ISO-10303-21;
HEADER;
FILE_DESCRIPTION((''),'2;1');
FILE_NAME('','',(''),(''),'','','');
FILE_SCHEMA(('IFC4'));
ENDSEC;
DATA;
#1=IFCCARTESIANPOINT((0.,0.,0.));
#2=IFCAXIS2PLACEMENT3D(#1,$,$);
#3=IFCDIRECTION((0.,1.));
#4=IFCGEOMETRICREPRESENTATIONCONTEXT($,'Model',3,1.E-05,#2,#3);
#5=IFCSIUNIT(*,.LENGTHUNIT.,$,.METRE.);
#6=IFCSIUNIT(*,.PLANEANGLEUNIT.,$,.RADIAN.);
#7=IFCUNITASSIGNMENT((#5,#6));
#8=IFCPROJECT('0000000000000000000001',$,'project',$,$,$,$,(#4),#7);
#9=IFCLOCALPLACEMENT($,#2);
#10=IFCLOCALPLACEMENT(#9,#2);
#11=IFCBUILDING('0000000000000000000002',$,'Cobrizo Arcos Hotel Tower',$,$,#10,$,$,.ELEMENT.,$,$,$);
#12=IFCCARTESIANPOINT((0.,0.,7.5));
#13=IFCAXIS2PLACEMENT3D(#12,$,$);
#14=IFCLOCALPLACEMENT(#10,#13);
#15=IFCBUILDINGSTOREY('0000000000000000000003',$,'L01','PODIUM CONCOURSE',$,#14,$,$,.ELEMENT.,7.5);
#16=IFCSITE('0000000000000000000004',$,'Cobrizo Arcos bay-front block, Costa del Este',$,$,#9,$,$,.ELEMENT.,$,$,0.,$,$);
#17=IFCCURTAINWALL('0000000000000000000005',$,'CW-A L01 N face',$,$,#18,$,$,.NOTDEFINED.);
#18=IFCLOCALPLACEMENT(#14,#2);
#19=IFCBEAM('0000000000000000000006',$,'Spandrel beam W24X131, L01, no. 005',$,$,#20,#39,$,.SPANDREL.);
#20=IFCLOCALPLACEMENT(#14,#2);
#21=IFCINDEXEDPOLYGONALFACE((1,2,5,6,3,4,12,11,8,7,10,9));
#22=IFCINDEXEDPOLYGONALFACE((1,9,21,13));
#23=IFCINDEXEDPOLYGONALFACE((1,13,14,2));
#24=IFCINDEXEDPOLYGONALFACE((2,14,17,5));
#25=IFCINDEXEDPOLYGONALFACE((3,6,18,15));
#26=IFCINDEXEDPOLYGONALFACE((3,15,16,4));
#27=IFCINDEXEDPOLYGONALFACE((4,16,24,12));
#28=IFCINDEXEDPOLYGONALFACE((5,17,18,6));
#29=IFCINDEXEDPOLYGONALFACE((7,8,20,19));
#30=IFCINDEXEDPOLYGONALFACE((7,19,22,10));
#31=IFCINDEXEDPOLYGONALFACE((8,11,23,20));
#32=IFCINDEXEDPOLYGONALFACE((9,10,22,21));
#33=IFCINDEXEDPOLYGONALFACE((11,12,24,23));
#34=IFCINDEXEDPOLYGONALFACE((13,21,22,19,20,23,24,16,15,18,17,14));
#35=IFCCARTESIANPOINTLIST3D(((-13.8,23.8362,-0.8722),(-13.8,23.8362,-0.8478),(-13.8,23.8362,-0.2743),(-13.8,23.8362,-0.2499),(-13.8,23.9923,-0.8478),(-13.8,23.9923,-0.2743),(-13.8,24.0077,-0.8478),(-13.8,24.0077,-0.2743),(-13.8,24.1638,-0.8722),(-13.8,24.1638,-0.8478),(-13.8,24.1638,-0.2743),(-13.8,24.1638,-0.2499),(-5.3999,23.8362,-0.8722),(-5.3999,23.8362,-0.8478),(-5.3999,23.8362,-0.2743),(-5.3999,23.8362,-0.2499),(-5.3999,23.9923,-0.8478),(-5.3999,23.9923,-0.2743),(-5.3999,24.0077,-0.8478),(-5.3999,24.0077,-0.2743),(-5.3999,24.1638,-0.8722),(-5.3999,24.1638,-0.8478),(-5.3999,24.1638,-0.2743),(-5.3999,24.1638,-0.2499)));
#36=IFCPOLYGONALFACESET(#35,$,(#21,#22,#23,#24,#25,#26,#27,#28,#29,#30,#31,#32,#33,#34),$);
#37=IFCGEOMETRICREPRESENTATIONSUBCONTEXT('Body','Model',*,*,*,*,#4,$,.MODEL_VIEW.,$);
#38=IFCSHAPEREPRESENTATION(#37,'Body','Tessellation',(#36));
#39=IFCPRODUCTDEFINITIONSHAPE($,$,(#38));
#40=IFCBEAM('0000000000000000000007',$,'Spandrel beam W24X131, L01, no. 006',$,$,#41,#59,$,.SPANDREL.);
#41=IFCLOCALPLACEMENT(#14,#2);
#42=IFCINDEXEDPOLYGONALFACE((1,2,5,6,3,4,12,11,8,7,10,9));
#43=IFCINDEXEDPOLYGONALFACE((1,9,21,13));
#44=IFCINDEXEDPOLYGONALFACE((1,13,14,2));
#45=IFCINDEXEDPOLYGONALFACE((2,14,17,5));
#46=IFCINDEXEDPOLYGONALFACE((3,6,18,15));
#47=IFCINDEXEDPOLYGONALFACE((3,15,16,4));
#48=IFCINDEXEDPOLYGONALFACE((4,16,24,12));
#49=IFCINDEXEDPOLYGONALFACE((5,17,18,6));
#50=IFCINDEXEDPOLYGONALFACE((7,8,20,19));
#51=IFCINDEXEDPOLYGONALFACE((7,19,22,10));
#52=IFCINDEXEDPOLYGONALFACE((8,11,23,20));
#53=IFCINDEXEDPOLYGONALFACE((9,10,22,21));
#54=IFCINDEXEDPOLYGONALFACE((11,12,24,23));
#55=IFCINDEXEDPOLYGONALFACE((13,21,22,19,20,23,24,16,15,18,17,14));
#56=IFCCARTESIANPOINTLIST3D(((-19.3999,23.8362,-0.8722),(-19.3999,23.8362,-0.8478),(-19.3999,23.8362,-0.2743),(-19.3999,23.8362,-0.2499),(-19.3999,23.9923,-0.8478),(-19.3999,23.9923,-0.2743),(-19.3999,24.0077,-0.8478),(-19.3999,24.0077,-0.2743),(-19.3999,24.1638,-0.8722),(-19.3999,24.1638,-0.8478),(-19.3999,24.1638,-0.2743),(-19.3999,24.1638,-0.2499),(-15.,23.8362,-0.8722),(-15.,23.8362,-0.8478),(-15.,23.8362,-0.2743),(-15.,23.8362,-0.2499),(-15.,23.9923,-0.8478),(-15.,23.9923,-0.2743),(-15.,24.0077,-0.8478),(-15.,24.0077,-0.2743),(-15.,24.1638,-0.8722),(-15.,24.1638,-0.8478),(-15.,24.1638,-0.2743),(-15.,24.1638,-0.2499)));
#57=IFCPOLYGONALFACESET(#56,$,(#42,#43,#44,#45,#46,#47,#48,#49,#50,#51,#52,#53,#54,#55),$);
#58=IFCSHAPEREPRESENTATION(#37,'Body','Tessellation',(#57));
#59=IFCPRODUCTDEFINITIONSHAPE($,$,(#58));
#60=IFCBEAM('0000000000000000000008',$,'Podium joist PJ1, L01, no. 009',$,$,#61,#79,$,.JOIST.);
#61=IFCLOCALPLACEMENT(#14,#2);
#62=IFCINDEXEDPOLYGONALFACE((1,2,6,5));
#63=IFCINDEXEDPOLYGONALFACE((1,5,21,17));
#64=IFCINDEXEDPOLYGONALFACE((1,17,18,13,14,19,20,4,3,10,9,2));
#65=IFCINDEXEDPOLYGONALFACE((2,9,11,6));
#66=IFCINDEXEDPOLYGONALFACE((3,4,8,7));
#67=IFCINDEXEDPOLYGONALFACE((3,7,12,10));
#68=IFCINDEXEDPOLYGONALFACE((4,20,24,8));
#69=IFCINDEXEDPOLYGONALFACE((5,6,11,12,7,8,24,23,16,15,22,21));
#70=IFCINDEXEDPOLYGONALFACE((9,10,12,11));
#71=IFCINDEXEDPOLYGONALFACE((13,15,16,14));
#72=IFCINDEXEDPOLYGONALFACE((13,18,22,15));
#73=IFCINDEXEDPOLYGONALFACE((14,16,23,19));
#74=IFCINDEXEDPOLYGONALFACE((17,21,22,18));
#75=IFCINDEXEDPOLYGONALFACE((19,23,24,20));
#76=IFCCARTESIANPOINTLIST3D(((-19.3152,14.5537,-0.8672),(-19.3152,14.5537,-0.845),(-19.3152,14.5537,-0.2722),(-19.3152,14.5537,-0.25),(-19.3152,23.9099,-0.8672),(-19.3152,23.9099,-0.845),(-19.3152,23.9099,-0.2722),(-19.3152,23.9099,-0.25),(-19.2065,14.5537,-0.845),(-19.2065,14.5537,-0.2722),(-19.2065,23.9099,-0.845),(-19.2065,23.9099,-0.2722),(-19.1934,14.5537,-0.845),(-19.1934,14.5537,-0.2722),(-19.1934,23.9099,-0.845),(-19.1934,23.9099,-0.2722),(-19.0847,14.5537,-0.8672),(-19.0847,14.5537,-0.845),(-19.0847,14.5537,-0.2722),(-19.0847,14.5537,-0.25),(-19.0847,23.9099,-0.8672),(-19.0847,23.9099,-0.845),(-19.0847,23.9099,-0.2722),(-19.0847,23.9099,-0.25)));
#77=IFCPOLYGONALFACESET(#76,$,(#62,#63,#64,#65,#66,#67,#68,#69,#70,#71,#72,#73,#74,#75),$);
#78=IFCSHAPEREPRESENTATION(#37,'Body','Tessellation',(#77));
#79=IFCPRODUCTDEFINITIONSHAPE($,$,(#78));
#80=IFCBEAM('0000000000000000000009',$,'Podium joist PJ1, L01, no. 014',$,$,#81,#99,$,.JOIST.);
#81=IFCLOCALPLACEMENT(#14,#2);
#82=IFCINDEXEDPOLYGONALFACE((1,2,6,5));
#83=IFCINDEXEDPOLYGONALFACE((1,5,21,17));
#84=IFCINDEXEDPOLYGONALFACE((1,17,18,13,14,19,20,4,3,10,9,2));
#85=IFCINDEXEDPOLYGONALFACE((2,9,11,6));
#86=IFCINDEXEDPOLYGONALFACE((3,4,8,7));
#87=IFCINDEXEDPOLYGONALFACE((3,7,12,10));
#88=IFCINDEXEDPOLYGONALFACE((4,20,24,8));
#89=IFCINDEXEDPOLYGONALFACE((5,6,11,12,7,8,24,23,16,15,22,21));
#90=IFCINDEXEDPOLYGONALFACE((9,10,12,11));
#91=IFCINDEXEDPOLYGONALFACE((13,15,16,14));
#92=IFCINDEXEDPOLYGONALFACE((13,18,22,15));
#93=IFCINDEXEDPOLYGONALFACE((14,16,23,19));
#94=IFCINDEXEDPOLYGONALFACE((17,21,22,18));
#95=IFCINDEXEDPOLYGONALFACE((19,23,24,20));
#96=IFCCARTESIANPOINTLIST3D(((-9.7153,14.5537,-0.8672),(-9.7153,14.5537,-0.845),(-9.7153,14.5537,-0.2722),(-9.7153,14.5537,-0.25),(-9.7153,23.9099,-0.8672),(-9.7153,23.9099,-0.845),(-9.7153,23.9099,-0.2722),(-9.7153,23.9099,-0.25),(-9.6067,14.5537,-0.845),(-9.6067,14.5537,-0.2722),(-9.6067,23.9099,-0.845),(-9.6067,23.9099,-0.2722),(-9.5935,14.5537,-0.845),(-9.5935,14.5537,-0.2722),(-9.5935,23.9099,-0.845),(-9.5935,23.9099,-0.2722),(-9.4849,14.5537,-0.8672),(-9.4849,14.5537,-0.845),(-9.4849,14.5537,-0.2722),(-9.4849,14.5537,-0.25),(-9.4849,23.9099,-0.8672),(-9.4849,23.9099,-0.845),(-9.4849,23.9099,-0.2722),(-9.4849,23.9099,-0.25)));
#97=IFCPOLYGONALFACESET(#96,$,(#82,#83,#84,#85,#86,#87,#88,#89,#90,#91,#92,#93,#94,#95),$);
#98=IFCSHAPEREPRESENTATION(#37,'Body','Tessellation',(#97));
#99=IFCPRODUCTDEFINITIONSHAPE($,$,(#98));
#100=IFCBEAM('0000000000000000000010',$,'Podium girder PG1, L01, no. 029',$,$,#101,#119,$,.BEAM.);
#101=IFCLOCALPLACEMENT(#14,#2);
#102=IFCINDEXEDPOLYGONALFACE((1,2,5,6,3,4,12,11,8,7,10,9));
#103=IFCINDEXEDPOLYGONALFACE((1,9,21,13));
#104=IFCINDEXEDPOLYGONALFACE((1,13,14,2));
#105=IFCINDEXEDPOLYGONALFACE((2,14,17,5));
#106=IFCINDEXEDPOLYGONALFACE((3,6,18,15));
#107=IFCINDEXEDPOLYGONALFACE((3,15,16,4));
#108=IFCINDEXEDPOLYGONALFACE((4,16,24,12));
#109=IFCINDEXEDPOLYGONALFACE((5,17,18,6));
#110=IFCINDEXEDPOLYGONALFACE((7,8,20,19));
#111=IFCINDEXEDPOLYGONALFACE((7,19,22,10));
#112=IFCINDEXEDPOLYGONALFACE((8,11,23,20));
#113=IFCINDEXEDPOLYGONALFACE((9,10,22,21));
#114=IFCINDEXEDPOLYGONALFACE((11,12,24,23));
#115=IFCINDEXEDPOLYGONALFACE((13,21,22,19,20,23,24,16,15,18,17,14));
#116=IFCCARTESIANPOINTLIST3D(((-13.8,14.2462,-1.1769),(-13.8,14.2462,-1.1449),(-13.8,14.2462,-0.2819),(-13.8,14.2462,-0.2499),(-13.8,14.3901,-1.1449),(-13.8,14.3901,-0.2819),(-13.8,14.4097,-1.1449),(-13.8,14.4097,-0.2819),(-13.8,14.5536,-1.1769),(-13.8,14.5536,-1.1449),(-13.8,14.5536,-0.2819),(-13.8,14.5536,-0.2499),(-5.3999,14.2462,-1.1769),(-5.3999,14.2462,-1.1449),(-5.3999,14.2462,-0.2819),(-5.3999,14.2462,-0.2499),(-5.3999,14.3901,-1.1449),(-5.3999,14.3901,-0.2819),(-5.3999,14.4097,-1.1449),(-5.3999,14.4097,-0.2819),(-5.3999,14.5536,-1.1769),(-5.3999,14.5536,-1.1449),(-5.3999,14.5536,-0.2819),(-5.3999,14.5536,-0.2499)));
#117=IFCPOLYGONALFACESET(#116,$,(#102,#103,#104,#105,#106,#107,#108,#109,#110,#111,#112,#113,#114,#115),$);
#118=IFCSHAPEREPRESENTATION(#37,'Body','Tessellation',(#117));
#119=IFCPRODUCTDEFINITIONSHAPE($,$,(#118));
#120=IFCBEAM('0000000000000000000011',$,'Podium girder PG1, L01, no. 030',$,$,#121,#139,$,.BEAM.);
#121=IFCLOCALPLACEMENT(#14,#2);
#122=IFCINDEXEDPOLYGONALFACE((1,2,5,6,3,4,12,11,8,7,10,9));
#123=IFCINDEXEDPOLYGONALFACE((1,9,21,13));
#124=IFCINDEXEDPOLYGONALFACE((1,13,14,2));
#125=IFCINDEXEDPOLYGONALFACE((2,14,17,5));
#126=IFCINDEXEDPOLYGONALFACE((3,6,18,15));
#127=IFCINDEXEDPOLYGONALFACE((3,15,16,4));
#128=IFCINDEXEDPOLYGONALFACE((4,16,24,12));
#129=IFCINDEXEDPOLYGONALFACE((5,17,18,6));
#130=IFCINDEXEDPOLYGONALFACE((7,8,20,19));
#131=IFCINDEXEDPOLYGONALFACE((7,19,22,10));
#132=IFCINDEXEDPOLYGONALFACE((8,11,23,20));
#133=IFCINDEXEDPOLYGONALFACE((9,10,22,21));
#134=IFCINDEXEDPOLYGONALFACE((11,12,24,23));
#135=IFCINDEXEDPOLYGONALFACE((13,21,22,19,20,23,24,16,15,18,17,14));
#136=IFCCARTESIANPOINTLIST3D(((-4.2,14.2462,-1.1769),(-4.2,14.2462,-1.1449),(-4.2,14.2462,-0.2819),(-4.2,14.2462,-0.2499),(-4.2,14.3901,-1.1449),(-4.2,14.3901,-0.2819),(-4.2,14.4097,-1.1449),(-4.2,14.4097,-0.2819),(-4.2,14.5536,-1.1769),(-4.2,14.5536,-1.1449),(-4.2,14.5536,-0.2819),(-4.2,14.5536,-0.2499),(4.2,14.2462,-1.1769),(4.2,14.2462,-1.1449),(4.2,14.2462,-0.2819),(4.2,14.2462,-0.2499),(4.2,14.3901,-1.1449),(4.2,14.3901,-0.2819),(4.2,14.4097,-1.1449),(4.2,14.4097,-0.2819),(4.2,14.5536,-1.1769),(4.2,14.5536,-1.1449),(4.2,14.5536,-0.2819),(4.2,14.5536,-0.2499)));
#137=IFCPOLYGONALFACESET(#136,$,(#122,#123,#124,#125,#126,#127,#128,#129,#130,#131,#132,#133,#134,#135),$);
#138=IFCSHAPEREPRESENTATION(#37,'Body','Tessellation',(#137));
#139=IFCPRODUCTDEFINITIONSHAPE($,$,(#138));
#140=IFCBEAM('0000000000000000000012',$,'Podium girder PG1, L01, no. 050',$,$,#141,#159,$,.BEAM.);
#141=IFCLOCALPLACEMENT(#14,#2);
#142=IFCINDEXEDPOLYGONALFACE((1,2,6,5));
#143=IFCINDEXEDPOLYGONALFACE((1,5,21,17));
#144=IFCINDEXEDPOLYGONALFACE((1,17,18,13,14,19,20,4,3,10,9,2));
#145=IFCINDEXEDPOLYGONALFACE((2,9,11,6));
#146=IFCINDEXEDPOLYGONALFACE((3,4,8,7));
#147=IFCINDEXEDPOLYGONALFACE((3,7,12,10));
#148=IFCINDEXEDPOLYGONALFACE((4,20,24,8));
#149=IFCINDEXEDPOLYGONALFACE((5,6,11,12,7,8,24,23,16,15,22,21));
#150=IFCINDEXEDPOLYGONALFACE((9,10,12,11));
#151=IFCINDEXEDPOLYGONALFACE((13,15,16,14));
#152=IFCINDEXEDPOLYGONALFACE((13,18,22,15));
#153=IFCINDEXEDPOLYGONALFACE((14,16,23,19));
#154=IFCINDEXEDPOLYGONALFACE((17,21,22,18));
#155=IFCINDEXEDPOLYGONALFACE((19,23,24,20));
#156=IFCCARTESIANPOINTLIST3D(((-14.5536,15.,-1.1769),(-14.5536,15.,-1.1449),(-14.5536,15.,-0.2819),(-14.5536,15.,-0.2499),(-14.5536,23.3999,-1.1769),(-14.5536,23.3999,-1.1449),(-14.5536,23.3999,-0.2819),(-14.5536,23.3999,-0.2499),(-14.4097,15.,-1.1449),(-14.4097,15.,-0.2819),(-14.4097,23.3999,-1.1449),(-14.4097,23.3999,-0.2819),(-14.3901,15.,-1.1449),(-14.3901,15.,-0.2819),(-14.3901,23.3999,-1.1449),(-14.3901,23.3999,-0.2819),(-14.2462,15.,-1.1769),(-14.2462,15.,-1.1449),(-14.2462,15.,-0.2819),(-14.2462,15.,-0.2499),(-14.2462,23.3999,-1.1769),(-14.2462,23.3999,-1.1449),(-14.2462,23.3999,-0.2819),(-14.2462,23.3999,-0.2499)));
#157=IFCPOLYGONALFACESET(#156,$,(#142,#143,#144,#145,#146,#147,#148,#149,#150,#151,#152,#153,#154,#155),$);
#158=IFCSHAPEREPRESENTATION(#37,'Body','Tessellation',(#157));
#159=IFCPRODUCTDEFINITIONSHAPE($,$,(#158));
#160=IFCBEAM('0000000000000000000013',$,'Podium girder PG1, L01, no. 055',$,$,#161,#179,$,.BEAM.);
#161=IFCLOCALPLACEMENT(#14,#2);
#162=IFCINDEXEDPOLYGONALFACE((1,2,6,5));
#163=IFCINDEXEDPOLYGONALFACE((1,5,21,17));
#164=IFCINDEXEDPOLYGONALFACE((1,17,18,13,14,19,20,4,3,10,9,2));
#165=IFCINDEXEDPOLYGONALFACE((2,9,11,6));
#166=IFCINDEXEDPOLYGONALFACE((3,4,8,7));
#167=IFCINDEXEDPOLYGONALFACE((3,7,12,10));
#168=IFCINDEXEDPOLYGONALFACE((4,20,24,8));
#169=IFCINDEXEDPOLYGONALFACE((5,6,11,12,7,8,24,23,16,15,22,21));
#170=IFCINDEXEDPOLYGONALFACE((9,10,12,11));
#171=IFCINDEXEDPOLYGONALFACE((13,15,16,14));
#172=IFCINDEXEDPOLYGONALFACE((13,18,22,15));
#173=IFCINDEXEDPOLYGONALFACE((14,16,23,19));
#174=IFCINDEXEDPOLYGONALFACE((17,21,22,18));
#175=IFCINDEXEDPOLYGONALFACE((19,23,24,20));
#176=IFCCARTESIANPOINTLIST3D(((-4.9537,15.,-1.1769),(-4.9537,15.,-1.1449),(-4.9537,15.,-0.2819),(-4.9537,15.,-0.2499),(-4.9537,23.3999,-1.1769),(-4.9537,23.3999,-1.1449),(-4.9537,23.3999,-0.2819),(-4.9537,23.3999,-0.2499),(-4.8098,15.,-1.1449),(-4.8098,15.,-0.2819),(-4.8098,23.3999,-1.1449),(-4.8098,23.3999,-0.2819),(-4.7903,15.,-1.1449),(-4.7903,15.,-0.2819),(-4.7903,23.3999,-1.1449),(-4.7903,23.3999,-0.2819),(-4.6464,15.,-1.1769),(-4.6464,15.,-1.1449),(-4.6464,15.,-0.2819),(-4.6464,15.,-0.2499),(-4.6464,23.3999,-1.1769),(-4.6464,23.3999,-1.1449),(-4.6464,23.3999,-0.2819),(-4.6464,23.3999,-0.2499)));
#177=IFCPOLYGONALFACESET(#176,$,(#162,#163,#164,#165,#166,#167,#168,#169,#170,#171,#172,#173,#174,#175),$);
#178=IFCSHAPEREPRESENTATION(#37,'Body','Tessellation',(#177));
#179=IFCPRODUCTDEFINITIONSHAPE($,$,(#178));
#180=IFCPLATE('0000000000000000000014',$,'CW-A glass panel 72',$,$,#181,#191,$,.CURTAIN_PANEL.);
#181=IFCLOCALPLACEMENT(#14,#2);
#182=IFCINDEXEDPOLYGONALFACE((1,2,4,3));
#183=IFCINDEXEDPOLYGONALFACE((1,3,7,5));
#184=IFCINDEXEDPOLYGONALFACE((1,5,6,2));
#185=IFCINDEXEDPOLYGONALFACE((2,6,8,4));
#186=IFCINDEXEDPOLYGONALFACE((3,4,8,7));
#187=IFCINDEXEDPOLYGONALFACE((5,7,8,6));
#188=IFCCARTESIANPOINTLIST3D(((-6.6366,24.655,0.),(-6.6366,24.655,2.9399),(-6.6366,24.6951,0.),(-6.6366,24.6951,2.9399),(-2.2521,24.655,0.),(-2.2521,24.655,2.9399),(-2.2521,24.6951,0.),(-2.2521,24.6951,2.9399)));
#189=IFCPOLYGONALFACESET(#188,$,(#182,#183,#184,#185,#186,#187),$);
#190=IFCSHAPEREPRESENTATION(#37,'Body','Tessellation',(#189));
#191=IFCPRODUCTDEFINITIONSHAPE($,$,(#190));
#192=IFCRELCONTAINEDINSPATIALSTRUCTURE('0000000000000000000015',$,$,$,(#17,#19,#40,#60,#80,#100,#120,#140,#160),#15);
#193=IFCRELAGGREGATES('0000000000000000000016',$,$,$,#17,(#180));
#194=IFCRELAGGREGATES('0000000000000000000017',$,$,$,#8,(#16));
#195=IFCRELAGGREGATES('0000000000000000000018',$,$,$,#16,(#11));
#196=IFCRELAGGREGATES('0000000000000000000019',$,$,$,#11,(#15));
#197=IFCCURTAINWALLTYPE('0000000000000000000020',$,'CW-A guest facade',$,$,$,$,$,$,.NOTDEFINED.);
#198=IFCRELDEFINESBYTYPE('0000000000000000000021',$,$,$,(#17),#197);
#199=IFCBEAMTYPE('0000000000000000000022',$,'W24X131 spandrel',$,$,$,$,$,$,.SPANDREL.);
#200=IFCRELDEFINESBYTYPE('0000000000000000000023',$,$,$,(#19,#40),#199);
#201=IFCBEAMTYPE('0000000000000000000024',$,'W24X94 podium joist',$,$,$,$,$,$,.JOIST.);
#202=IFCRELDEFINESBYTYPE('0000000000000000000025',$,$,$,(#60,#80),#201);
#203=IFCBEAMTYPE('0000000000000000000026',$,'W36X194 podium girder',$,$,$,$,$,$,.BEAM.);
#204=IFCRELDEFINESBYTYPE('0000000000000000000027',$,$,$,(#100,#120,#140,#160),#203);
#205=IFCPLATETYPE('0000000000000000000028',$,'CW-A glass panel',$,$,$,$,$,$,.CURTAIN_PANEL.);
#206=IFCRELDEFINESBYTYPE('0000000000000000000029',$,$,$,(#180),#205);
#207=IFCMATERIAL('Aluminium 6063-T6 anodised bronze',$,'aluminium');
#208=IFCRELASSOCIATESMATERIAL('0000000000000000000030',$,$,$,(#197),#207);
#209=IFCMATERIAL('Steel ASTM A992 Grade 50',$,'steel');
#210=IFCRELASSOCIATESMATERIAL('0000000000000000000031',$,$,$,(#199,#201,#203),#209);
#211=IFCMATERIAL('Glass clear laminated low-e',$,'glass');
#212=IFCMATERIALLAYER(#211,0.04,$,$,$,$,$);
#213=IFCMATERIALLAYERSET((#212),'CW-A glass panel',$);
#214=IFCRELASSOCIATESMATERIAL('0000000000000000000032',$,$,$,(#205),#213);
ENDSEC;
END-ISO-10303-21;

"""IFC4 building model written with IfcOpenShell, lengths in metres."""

from ifc_helpers import new_model, si_unit, direction, frame, origin, origin_2d, place, context, subcontext, project, spatial, rectangle, i_section, extrude, material, layer, layer_set, material_profile, profile_set, type_object, element, aggregate, save


model = new_model("IFC4")

# Units and contexts
model_context = context("Model", 3, precision=1e-05, world=origin(), true_north=direction((0.0, 1.0)))
body_context = subcontext(model_context, "Body", "Model", "MODEL_VIEW")
ifc_project = project(units=[si_unit("LENGTHUNIT", "METRE"), si_unit("PLANEANGLEUNIT", "RADIAN")], contexts=[model_context])

# Site, building, storey
site_placement = place(None, origin())
site = spatial("IfcSite", under=ifc_project, at=site_placement, Name="Cobrizo Arcos bay-front block, Costa del Este", CompositionType="ELEMENT", RefElevation=0.0)
building_placement = place(site_placement, origin())
building = spatial("IfcBuilding", under=site, at=building_placement, Name="Cobrizo Arcos Hotel Tower", CompositionType="ELEMENT")
storey_placement = place(building_placement, frame((0.0, 0.0, 7.5)))
storey = spatial("IfcBuildingStorey", under=building, at=storey_placement, Name="L01", Description="PODIUM CONCOURSE", CompositionType="ELEMENT", Elevation=7.5)

# Curtain wall
ifc_material_1 = material(Name="Aluminium 6063-T6 anodised bronze", Category="aluminium")
curtain_wall_type = type_object("IfcCurtainWallType", Name="CW-A guest facade", PredefinedType="NOTDEFINED", material=ifc_material_1)
curtain_wall_placement = place(storey_placement, origin())
curtain_wall = element("IfcCurtainWall", 1, at=curtain_wall_placement, inside=storey, type_object=curtain_wall_type, Name="CW-A L01 N face", PredefinedType="NOTDEFINED")

# Beams
ifc_material_2 = material(Name="Steel ASTM A992 Grade 50", Category="steel")
ifc_material_profile_1 = material_profile(ifc_material_2, i_section(OverallWidth=0.3276, OverallDepth=0.6223, WebThickness=0.0154, FlangeThickness=0.0244, at=origin_2d()), Name="W24X131")
ifc_profile_set_1 = profile_set([ifc_material_profile_1], Name="Steel ASTM A992 Grade 50")
beam_type_1 = type_object("IfcBeamType", Name="W24X131 spandrel", PredefinedType="SPANDREL", material=ifc_profile_set_1)
beam_1_placement = place(storey_placement, frame((-5.3999, 24.0, -0.561), z_axis=(-1.0, 0.0, 0.0), x_axis=(0.0, -1.0, 0.0)))
element("IfcBeam", 2, at=beam_1_placement, inside=storey, type_object=beam_type_1, Name="Spandrel beam W24X131, L01, no. 005", PredefinedType="SPANDREL", context=body_context, shape_type="SweptSolid", body=[
    extrude(i_section(OverallWidth=0.3276, OverallDepth=0.6223, WebThickness=0.0154, FlangeThickness=0.0244, at=origin_2d()), origin(), (0.0, 0.0, 1.0), 8.4001),
])
beam_2_placement = place(storey_placement, frame((-15.0, 24.0, -0.561), z_axis=(-1.0, 0.0, 0.0), x_axis=(0.0, -1.0, 0.0)))
element("IfcBeam", 3, at=beam_2_placement, inside=storey, type_object=beam_type_1, Name="Spandrel beam W24X131, L01, no. 006", PredefinedType="SPANDREL", context=body_context, shape_type="SweptSolid", body=[
    extrude(i_section(OverallWidth=0.3276, OverallDepth=0.6223, WebThickness=0.0154, FlangeThickness=0.0244, at=origin_2d()), origin(), (0.0, 0.0, 1.0), 4.3999),
])
ifc_material_profile_2 = material_profile(ifc_material_2, i_section(OverallWidth=0.2305, OverallDepth=0.6172, WebThickness=0.0132, FlangeThickness=0.0222, at=origin_2d()), Name="W24X94")
ifc_profile_set_2 = profile_set([ifc_material_profile_2], Name="Steel ASTM A992 Grade 50")
beam_type_2 = type_object("IfcBeamType", Name="W24X94 podium joist", PredefinedType="JOIST", material=ifc_profile_set_2)
for number, where, z_axis, x_axis, name in (
    (4, (-19.2, 14.5537, -0.5586), (0.0, 1.0, 0.0), (-1.0, 0.0, 0.0), "Podium joist PJ1, L01, no. 009"),
    (5, (-9.6001, 14.5537, -0.5586), (0.0, 1.0, 0.0), (-1.0, 0.0, 0.0), "Podium joist PJ1, L01, no. 014"),
):
    element("IfcBeam", number, at=place(storey_placement, frame(where, z_axis=z_axis, x_axis=x_axis)), inside=storey, type_object=beam_type_2, Name=name, PredefinedType="JOIST", context=body_context, shape_type="SweptSolid", body=[
        extrude(i_section(OverallWidth=0.2305, OverallDepth=0.6172, WebThickness=0.0132, FlangeThickness=0.0222, at=origin_2d()), origin(), (0.0, 0.0, 1.0), 9.3562),
    ])
ifc_material_profile_3 = material_profile(ifc_material_2, i_section(OverallWidth=0.3074, OverallDepth=0.927, WebThickness=0.0195, FlangeThickness=0.032, at=origin_2d()), Name="W36X194")
ifc_profile_set_3 = profile_set([ifc_material_profile_3], Name="Steel ASTM A992 Grade 50")
beam_type_3 = type_object("IfcBeamType", Name="W36X194 podium girder", PredefinedType="BEAM", material=ifc_profile_set_3)
beam_3_placement = place(storey_placement, frame((-13.8, 14.3999, -0.7134), z_axis=(1.0, 0.0, 0.0), x_axis=(0.0, 1.0, 0.0)))
element("IfcBeam", 6, at=beam_3_placement, inside=storey, type_object=beam_type_3, Name="Podium girder PG1, L01, no. 029", PredefinedType="BEAM", context=body_context, shape_type="SweptSolid", body=[
    extrude(i_section(OverallWidth=0.3074, OverallDepth=0.927, WebThickness=0.0195, FlangeThickness=0.032, at=origin_2d()), origin(), (0.0, 0.0, 1.0), 8.4001),
])
for number, where, z_axis, x_axis, name in (
    (7, (-4.2, 14.3999, -0.7134), (1.0, 0.0, 0.0), (0.0, 1.0, 0.0), "Podium girder PG1, L01, no. 030"),
    (8, (-14.3999, 15.0, -0.7134), (0.0, 1.0, 0.0), (-1.0, 0.0, 0.0), "Podium girder PG1, L01, no. 050"),
    (9, (-4.8, 15.0, -0.7134), (0.0, 1.0, 0.0), (-1.0, 0.0, 0.0), "Podium girder PG1, L01, no. 055"),
):
    element("IfcBeam", number, at=place(storey_placement, frame(where, z_axis=z_axis, x_axis=x_axis)), inside=storey, type_object=beam_type_3, Name=name, PredefinedType="BEAM", context=body_context, shape_type="SweptSolid", body=[
        extrude(i_section(OverallWidth=0.3074, OverallDepth=0.927, WebThickness=0.0195, FlangeThickness=0.032, at=origin_2d()), origin(), (0.0, 0.0, 1.0), 8.3999),
    ])

# Plate
ifc_material_3 = material(Name="Glass clear laminated low-e", Category="glass")
ifc_layer_1 = layer(ifc_material_3, 0.04)
ifc_layer_set_1 = layer_set([ifc_layer_1], Name="CW-A glass panel")
plate_type = type_object("IfcPlateType", Name="CW-A glass panel", PredefinedType="CURTAIN_PANEL", material=ifc_layer_set_1)
plate_1_placement = place(storey_placement, frame((-4.4443, 24.675, 0.0), z_axis=(0.0, 0.0, 1.0), x_axis=(-1.0, 0.0, 0.0)))
plate_1 = element("IfcPlate", 10, at=plate_1_placement, type_object=plate_type, Name="CW-A glass panel 72", PredefinedType="CURTAIN_PANEL", context=body_context, shape_type="SweptSolid", body=[
    extrude(rectangle(XDim=4.3845, YDim=0.04, at=origin_2d()), origin(), (0.0, 0.0, 1.0), 2.9399),
])
aggregate(curtain_wall, [plate_1])

save(model, "model.ifc")
